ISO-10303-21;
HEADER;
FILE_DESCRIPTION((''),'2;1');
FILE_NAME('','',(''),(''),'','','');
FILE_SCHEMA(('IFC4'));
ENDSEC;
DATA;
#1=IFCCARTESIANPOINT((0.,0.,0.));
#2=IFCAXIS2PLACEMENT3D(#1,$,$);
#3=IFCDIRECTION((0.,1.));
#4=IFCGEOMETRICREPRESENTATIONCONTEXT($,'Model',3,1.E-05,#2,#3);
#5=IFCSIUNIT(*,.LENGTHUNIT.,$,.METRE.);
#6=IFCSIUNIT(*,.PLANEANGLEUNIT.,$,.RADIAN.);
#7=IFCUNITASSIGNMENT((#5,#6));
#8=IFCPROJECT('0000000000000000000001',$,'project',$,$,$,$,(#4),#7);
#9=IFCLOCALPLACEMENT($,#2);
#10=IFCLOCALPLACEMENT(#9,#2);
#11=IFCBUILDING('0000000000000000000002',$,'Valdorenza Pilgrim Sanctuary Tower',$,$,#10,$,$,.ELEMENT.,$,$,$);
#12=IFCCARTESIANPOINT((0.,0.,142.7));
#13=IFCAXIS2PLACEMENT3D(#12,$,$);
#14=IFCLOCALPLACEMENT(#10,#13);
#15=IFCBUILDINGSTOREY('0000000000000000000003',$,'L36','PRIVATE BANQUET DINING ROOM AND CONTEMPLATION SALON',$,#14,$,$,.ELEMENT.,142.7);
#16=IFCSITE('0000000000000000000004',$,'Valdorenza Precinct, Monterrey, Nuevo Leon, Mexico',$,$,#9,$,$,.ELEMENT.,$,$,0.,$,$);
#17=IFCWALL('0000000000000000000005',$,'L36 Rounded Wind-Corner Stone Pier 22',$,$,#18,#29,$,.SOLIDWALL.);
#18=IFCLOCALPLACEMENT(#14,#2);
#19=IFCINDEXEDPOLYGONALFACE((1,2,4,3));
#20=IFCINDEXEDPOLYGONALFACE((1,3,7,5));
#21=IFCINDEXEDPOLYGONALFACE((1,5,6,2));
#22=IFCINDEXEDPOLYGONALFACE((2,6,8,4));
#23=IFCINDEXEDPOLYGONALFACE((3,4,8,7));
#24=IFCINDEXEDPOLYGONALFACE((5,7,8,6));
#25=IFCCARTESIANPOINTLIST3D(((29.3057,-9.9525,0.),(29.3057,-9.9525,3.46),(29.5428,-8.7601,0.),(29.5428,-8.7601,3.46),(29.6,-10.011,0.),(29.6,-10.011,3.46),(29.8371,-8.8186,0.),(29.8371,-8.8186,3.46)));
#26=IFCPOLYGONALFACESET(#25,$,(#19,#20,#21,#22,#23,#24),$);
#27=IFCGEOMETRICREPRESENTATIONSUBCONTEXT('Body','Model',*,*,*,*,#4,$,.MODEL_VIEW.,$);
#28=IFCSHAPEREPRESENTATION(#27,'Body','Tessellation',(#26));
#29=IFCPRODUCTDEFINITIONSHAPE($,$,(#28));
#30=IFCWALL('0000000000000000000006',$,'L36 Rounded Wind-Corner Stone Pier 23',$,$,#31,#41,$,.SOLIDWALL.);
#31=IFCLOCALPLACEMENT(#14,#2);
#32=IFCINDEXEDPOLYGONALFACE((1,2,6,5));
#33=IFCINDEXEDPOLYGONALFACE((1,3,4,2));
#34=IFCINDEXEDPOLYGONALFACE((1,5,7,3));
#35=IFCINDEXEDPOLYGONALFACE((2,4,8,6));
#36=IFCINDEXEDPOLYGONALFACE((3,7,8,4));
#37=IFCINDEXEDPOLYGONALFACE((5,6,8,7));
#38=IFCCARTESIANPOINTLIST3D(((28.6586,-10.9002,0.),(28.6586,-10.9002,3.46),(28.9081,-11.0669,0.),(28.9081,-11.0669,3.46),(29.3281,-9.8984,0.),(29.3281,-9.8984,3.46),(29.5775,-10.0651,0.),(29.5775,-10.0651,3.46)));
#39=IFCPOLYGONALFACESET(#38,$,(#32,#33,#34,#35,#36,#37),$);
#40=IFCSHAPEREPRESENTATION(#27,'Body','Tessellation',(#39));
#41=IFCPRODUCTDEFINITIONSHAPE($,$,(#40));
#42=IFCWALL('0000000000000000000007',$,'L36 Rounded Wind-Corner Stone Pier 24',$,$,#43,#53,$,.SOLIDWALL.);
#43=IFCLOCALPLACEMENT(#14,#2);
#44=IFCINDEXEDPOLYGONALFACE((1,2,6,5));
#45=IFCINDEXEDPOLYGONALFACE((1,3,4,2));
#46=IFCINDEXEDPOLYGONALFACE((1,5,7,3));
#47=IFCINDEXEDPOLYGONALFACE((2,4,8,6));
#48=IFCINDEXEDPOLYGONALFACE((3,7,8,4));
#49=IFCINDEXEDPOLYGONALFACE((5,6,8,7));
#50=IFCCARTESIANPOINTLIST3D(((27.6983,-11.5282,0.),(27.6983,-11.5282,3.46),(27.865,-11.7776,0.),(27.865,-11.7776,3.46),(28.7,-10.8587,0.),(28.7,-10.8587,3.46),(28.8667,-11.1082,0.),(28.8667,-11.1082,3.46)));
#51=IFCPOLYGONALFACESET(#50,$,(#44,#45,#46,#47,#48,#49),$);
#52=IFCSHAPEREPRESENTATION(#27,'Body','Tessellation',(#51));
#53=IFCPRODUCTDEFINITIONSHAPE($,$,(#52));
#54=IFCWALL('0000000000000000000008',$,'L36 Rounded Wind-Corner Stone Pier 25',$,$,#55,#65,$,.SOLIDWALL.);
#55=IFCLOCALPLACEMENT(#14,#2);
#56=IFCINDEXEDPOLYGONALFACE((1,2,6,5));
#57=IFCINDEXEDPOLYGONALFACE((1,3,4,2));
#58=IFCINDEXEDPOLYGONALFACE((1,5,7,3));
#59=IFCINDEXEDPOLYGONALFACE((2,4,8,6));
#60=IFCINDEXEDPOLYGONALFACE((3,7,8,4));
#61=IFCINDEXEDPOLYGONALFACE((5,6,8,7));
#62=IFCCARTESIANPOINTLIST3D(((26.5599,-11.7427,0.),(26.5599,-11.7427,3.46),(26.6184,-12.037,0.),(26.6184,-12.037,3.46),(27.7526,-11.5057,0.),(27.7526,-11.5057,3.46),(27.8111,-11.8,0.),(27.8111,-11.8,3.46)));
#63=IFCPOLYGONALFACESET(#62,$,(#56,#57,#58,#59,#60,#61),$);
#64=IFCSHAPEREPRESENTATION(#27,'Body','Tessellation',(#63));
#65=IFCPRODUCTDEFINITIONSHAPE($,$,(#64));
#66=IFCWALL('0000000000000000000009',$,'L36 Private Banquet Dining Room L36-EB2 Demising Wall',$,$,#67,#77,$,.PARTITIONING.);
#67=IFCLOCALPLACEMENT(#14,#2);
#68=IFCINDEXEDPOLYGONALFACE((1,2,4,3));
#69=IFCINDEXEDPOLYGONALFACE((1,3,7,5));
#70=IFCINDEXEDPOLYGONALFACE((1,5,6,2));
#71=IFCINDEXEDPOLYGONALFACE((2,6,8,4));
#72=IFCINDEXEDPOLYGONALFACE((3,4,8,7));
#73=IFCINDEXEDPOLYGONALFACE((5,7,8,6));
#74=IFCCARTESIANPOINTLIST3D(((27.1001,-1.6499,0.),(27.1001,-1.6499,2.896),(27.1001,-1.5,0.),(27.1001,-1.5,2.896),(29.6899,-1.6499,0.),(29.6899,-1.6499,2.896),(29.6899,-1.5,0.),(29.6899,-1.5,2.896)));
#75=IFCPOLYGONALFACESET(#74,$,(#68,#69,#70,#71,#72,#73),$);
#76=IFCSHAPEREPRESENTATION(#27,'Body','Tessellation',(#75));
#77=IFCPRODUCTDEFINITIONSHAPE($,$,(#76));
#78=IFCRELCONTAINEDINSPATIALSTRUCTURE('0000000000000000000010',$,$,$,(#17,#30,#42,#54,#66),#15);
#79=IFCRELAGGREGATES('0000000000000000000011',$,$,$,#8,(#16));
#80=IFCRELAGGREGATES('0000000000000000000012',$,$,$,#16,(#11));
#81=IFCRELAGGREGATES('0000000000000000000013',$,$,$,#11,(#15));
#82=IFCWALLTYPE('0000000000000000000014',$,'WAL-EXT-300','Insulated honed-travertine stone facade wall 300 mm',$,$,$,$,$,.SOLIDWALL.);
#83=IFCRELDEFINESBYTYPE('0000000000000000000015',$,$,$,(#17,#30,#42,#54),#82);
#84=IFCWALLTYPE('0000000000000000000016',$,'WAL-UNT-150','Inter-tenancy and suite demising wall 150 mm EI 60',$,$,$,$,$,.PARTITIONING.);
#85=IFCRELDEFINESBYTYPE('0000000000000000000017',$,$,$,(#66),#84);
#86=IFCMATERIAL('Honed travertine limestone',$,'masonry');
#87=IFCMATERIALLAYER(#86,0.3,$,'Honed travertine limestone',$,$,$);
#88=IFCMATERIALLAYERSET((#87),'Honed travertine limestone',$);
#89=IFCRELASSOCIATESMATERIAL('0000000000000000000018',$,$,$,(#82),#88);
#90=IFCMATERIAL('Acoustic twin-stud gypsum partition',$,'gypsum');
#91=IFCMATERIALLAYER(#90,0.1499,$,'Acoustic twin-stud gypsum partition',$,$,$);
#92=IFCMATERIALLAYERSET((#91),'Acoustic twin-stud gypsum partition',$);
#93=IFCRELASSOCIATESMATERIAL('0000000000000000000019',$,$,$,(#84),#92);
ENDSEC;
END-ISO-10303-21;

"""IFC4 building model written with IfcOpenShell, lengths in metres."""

from ifc_helpers import new_model, si_unit, direction, frame, frame_2d, origin, place, context, subcontext, project, spatial, rectangle, extrude, material, layer, layer_set, type_object, element, save


model = new_model("IFC4")

# Units and contexts
model_context = context("Model", 3, precision=1e-05, world=origin(), true_north=direction((0.0, 1.0)))
body_context = subcontext(model_context, "Body", "Model", "MODEL_VIEW")
ifc_project = project(units=[si_unit("LENGTHUNIT", "METRE"), si_unit("PLANEANGLEUNIT", "RADIAN")], contexts=[model_context])

# Site, building, storey
site_placement = place(None, origin())
site = spatial("IfcSite", under=ifc_project, at=site_placement, Name="Valdorenza Precinct, Monterrey, Nuevo Leon, Mexico", CompositionType="ELEMENT", RefElevation=0.0)
building_placement = place(site_placement, origin())
building = spatial("IfcBuilding", under=site, at=building_placement, Name="Valdorenza Pilgrim Sanctuary Tower", CompositionType="ELEMENT")
storey_placement = place(building_placement, frame((0.0, 0.0, 142.7)))
storey = spatial("IfcBuildingStorey", under=building, at=storey_placement, Name="L36", Description="PRIVATE BANQUET DINING ROOM AND CONTEMPLATION SALON", CompositionType="ELEMENT", Elevation=142.7)

# Shared definitions
ifc_material_1 = material(Name="Honed travertine limestone", Category="masonry")

# Shared definitions
ifc_material_2 = material(Name="Acoustic twin-stud gypsum partition", Category="gypsum")

# Walls
ifc_layer_1 = layer(ifc_material_1, 0.3, Name="Honed travertine limestone")
ifc_layer_set_1 = layer_set([ifc_layer_1], Name="Honed travertine limestone")
wall_type_1 = type_object("IfcWallType", Name="WAL-EXT-300", Description="Insulated honed-travertine stone facade wall 300 mm", PredefinedType="SOLIDWALL", material=ifc_layer_set_1)
wall_1_placement = place(storey_placement, frame((29.6899, -8.7893, 0.0), z_axis=(0.0, 0.0, 1.0), x_axis=(-0.194996, -0.980804, 0.0)))
element("IfcWall", 1, at=wall_1_placement, inside=storey, type_object=wall_type_1, Name="L36 Rounded Wind-Corner Stone Pier 22", PredefinedType="SOLIDWALL", context=body_context, shape_type="SweptSolid", body=[
    extrude(rectangle(XDim=1.2158, YDim=0.3, at=frame_2d((0.6079, 0.0))), origin(), (0.0, 0.0, 1.0), 3.46),
])
for number, where, z_axis, x_axis, name in (
    (2, (29.4529, -9.9817, 0.0), (0.0, 0.0, 1.0), (-0.555635, -0.831426, 0.0), "L36 Rounded Wind-Corner Stone Pier 23"),
    (3, (28.7834, -10.9834, 0.0), (0.0, 0.0, 1.0), (-0.831426, -0.555635, 0.0), "L36 Rounded Wind-Corner Stone Pier 24"),
):
    element("IfcWall", number, at=place(storey_placement, frame(where, z_axis=z_axis, x_axis=x_axis)), inside=storey, type_object=wall_type_1, Name=name, PredefinedType="SOLIDWALL", context=body_context, shape_type="SweptSolid", body=[
        extrude(rectangle(XDim=1.2048, YDim=0.3, at=frame_2d((0.6025, 0.0))), origin(), (0.0, 0.0, 1.0), 3.46),
    ])
wall_2_placement = place(storey_placement, frame((27.7817, -11.6528, 0.0), z_axis=(0.0, 0.0, 1.0), x_axis=(-0.980812, -0.194958, 0.0)))
element("IfcWall", 4, at=wall_2_placement, inside=storey, type_object=wall_type_1, Name="L36 Rounded Wind-Corner Stone Pier 25", PredefinedType="SOLIDWALL", context=body_context, shape_type="SweptSolid", body=[
    extrude(rectangle(XDim=1.2161, YDim=0.3, at=frame_2d((0.6079, 0.0))), origin(), (0.0, 0.0, 1.0), 3.46),
])
ifc_layer_2 = layer(ifc_material_2, 0.1499, Name="Acoustic twin-stud gypsum partition")
ifc_layer_set_2 = layer_set([ifc_layer_2], Name="Acoustic twin-stud gypsum partition")
wall_type_2 = type_object("IfcWallType", Name="WAL-UNT-150", Description="Inter-tenancy and suite demising wall 150 mm EI 60", PredefinedType="PARTITIONING", material=ifc_layer_set_2)
wall_3_placement = place(storey_placement, frame((27.1001, -1.575, 0.0), z_axis=(0.0, 0.0, 1.0), x_axis=(1.0, 0.0, 0.0)))
element("IfcWall", 5, at=wall_3_placement, inside=storey, type_object=wall_type_2, Name="L36 Private Banquet Dining Room L36-EB2 Demising Wall", PredefinedType="PARTITIONING", context=body_context, shape_type="SweptSolid", body=[
    extrude(rectangle(XDim=2.5898, YDim=0.1499, at=frame_2d((1.2949, 0.0))), origin(), (0.0, 0.0, 1.0), 2.896),
])

save(model, "model.ifc")
